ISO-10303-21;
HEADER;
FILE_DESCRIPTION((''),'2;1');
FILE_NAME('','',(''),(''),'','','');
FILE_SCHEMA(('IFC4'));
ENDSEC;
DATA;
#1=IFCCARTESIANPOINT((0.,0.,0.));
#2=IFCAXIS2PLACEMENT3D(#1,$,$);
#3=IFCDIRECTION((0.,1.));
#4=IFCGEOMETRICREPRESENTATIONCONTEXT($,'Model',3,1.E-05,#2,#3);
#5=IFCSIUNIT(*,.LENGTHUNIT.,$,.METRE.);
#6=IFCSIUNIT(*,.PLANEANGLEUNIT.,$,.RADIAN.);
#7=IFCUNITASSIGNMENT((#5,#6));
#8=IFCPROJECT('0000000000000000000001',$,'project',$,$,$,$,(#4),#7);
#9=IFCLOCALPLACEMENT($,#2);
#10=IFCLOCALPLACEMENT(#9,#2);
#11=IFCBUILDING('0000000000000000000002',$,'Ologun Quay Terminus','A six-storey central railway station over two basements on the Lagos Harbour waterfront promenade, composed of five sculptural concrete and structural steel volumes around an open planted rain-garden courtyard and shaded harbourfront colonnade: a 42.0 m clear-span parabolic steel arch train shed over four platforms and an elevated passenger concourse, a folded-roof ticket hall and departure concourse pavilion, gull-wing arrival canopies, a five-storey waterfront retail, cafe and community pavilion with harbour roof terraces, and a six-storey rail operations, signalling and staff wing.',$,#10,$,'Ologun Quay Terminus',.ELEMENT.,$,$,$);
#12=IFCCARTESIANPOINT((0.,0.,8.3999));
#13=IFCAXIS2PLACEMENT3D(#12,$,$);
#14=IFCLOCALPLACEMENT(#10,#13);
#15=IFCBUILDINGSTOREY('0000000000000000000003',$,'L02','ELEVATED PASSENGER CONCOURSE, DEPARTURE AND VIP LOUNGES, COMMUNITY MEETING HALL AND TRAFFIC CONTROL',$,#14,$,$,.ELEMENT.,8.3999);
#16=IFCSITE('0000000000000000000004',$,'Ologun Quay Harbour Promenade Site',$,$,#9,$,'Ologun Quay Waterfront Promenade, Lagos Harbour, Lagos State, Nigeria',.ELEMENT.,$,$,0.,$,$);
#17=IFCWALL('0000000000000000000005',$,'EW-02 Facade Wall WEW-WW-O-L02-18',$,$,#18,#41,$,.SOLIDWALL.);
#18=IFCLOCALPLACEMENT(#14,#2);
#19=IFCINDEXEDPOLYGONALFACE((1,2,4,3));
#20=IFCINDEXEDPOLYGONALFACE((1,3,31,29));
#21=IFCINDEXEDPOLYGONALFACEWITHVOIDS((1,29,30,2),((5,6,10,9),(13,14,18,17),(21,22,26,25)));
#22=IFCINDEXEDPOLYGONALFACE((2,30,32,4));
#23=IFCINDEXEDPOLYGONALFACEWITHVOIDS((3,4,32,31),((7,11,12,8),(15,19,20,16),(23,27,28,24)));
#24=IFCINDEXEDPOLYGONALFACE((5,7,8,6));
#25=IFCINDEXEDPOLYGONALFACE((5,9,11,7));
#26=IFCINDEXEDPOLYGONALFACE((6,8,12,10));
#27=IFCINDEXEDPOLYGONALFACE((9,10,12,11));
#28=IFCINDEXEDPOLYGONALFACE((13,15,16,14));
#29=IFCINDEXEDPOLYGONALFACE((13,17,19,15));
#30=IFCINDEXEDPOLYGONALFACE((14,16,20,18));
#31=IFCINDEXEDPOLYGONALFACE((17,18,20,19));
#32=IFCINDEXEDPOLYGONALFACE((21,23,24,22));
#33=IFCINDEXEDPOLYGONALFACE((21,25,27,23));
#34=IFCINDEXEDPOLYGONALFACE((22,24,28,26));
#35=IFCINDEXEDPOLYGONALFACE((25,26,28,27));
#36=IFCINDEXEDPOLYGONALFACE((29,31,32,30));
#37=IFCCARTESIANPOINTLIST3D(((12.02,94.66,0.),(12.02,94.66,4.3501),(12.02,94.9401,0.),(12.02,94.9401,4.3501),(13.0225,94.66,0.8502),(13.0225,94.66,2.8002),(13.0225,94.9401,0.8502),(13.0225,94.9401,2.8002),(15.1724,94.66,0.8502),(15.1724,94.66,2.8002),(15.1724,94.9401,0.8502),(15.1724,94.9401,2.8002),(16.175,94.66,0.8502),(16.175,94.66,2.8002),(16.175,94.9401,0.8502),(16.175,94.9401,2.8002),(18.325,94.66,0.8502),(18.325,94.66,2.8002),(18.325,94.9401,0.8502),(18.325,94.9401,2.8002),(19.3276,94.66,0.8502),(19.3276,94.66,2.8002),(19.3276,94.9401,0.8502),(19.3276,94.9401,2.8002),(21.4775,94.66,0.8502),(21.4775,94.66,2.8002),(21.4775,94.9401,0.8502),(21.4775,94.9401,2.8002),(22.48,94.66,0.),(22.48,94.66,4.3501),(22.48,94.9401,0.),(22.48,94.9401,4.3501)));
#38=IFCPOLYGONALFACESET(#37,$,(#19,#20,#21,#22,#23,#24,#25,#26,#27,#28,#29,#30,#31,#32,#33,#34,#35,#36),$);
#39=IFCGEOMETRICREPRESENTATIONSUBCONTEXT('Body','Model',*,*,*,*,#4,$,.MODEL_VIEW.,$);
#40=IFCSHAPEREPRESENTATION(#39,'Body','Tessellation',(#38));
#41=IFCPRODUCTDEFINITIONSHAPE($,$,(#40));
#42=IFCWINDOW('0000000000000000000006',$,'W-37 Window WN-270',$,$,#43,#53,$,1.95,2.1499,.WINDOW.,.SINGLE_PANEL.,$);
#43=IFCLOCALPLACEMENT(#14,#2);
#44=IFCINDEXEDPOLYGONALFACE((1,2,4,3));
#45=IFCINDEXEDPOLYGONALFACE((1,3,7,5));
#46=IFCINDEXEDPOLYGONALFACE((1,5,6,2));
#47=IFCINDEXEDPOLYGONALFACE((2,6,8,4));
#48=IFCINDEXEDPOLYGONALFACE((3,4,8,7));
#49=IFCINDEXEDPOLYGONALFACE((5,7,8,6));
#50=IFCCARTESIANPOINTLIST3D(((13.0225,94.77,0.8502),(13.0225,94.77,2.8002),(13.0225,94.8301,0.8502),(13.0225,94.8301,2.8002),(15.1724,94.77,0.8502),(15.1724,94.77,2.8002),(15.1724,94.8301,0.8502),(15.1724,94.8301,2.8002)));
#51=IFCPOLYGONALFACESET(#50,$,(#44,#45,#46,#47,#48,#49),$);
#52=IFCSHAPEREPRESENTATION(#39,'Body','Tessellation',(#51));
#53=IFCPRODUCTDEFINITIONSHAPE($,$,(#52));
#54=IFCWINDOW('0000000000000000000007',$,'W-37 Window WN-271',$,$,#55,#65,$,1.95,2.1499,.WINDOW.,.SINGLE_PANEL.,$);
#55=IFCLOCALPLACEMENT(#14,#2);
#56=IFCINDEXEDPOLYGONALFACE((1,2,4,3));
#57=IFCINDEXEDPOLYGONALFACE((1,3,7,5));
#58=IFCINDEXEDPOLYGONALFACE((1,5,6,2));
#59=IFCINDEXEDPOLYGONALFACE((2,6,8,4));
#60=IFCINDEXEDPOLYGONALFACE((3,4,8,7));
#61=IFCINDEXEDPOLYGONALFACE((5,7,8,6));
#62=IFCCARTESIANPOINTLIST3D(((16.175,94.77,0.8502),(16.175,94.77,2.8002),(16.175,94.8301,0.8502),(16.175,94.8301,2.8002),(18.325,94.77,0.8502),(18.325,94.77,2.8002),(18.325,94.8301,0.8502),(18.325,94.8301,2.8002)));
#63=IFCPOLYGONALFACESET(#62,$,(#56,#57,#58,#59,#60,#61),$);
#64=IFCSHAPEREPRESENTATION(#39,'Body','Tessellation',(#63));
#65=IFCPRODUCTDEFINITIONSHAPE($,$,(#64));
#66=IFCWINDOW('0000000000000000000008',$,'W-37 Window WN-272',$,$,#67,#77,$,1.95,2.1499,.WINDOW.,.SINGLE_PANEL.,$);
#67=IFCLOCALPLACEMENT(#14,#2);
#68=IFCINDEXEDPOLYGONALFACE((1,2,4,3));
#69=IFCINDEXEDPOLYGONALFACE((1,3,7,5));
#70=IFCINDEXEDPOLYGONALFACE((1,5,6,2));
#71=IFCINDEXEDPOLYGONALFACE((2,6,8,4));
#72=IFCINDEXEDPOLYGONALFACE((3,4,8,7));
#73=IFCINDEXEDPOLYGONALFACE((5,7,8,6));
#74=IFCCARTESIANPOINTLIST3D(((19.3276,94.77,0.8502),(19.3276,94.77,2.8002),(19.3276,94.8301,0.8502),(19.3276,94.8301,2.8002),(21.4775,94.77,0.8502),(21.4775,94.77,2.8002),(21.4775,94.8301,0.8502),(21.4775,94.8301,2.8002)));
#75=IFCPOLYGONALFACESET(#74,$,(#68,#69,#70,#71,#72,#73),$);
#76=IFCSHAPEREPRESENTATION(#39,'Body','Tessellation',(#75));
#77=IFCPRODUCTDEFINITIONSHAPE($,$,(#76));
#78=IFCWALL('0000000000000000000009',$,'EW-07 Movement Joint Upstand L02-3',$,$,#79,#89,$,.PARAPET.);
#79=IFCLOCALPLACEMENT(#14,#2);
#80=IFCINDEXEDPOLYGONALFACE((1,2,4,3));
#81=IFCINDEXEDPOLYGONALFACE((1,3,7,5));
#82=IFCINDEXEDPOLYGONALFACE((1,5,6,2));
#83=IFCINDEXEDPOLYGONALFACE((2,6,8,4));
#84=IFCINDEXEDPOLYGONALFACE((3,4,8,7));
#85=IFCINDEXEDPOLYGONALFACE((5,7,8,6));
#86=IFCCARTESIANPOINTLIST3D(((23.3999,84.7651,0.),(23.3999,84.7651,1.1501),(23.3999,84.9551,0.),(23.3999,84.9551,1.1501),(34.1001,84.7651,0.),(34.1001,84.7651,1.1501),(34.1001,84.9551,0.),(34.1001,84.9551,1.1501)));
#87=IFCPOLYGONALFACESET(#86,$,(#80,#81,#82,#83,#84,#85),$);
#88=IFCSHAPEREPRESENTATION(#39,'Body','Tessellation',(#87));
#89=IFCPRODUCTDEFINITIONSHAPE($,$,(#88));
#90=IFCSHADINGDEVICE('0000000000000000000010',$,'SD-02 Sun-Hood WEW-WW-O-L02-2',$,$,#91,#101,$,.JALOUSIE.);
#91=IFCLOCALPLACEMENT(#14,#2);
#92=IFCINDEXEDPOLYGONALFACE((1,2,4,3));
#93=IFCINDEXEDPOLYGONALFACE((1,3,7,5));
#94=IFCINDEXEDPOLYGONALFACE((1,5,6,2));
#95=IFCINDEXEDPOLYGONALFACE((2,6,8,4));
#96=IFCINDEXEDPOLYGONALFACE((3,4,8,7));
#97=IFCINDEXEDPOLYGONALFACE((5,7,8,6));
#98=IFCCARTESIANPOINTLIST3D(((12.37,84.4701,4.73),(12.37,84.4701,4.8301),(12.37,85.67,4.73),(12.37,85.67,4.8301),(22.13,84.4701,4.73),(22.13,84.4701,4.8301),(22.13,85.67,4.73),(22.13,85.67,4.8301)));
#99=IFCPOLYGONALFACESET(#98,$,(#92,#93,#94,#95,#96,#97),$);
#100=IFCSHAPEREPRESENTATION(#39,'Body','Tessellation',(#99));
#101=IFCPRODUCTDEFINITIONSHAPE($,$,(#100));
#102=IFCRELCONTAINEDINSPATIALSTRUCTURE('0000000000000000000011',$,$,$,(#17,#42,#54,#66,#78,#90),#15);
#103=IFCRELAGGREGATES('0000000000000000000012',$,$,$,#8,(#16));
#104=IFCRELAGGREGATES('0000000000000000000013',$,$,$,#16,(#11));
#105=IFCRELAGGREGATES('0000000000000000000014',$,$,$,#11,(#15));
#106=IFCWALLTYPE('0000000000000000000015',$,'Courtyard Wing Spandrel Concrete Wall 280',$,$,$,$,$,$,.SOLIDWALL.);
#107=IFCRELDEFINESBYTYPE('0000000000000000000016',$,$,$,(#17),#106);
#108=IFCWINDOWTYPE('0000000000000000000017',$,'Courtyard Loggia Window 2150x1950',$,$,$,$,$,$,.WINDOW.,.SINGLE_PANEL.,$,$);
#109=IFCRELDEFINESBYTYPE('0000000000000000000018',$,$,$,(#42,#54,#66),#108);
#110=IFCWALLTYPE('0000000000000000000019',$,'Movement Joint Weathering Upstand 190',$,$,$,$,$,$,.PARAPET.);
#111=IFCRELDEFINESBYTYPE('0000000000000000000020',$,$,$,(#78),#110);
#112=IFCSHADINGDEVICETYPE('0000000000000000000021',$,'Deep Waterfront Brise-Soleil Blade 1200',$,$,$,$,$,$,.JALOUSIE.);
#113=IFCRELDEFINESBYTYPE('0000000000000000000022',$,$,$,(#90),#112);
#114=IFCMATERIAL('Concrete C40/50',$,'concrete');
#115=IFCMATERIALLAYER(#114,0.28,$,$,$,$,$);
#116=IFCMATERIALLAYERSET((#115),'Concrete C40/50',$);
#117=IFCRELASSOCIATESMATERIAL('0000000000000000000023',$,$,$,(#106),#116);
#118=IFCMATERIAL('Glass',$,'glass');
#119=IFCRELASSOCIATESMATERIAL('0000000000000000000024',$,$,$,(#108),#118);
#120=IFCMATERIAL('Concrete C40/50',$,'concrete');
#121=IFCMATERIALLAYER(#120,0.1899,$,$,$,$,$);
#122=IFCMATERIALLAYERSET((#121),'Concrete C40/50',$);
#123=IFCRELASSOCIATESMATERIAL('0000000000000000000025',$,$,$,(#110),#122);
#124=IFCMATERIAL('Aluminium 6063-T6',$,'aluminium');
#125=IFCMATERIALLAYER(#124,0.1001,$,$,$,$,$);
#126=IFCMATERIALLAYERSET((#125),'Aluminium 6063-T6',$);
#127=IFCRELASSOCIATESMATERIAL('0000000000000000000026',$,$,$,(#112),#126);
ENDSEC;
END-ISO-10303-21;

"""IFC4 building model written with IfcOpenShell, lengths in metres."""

from ifc_helpers import new_model, si_unit, direction, frame, frame_2d, origin, origin_2d, place, context, subcontext, project, spatial, rectangle, extrude, material, layer, layer_set, type_object, element, fill, save


model = new_model("IFC4")

# Units and contexts
model_context = context("Model", 3, precision=1e-05, world=origin(), true_north=direction((0.0, 1.0)))
body_context = subcontext(model_context, "Body", "Model", "MODEL_VIEW")
ifc_project = project(units=[si_unit("LENGTHUNIT", "METRE"), si_unit("PLANEANGLEUNIT", "RADIAN")], contexts=[model_context])

# Site, building, storey
site_placement = place(None, origin())
site = spatial("IfcSite", under=ifc_project, at=site_placement, Name="Ologun Quay Harbour Promenade Site", LongName="Ologun Quay Waterfront Promenade, Lagos Harbour, Lagos State, Nigeria", CompositionType="ELEMENT", RefElevation=0.0)
building_placement = place(site_placement, origin())
building = spatial("IfcBuilding", under=site, at=building_placement, Name="Ologun Quay Terminus", Description="A six-storey central railway station over two basements on the Lagos Harbour waterfront promenade, composed of five sculptural concrete and structural steel volumes around an open planted rain-garden courtyard and shaded harbourfront colonnade: a 42.0 m clear-span parabolic steel arch train shed over four platforms and an elevated passenger concourse, a folded-roof ticket hall and departure concourse pavilion, gull-wing arrival canopies, a five-storey waterfront retail, cafe and community pavilion with harbour roof terraces, and a six-storey rail operations, signalling and staff wing.", LongName="Ologun Quay Terminus", CompositionType="ELEMENT")
storey_placement = place(building_placement, frame((0.0, 0.0, 8.3999)))
storey = spatial("IfcBuildingStorey", under=building, at=storey_placement, Name="L02", Description="ELEVATED PASSENGER CONCOURSE, DEPARTURE AND VIP LOUNGES, COMMUNITY MEETING HALL AND TRAFFIC CONTROL", CompositionType="ELEMENT", Elevation=8.3999)

# Shared definitions
ifc_material_1 = material(Name="Concrete C40/50", Category="concrete")
ifc_layer_1 = layer(ifc_material_1, 0.28)
ifc_layer_set_1 = layer_set([ifc_layer_1], Name="Concrete C40/50")
wall_type_1 = type_object("IfcWallType", Name="Courtyard Wing Spandrel Concrete Wall 280", PredefinedType="SOLIDWALL", material=ifc_layer_set_1)
ifc_material_2 = material(Name="Glass", Category="glass")
window_type = type_object("IfcWindowType", Name="Courtyard Loggia Window 2150x1950", PartitioningType="SINGLE_PANEL", PredefinedType="WINDOW", material=ifc_material_2)

# Wall, openings, windows
wall_1_placement = place(storey_placement, frame((12.02, 94.8, 0.0), z_axis=(0.0, 0.0, 1.0), x_axis=(1.0, 0.0, 0.0)))
wall_1 = element("IfcWall", 1, at=wall_1_placement, inside=storey, type_object=wall_type_1, Name="EW-02 Facade Wall WEW-WW-O-L02-18", PredefinedType="SOLIDWALL", context=body_context, shape_type="SweptSolid", body=[
    extrude(rectangle(XDim=10.46, YDim=0.28, at=frame_2d((5.23, 0.0))), origin(), (0.0, 0.0, 1.0), 4.3501),
])
opening_1_placement = place(wall_1_placement, frame((1.0024, 0.0, 0.8501)))
opening_1 = element("IfcOpeningElement", 2, at=opening_1_placement, cuts=wall_1, PredefinedType="OPENING", context=body_context, shape_type="SweptSolid", body=[
    extrude(rectangle(XDim=2.1499, YDim=1.95, at=frame_2d((1.075, 0.9751))), frame((0.0, 0.1499, 0.0), z_axis=(0.0, -1.0, 0.0), x_axis=(1.0, 0.0, 0.0)), (0.0, 0.0, 1.0), 0.3),
])
opening_2_placement = place(wall_1_placement, frame((4.155, 0.0, 0.8501)))
opening_2 = element("IfcOpeningElement", 3, at=opening_2_placement, cuts=wall_1, PredefinedType="OPENING", context=body_context, shape_type="SweptSolid", body=[
    extrude(rectangle(XDim=2.1499, YDim=1.95, at=frame_2d((1.075, 0.9751))), frame((0.0, 0.1499, 0.0), z_axis=(0.0, -1.0, 0.0), x_axis=(1.0, 0.0, 0.0)), (0.0, 0.0, 1.0), 0.3),
])
opening_3_placement = place(wall_1_placement, frame((7.3076, 0.0, 0.8501)))
opening_3 = element("IfcOpeningElement", 4, at=opening_3_placement, cuts=wall_1, PredefinedType="OPENING", context=body_context, shape_type="SweptSolid", body=[
    extrude(rectangle(XDim=2.1499, YDim=1.95, at=frame_2d((1.075, 0.9751))), frame((0.0, 0.1499, 0.0), z_axis=(0.0, -1.0, 0.0), x_axis=(1.0, 0.0, 0.0)), (0.0, 0.0, 1.0), 0.3),
])
window_1_placement = place(opening_1_placement, origin())
window_1 = element("IfcWindow", 5, at=window_1_placement, inside=storey, type_object=window_type, Name="W-37 Window WN-270", OverallHeight=1.95, OverallWidth=2.1499, PartitioningType="SINGLE_PANEL", PredefinedType="WINDOW", context=body_context, shape_type="SweptSolid", body=[
    extrude(rectangle(XDim=2.1499, YDim=1.95, at=frame_2d((1.075, 0.9751))), frame((0.0, 0.03, 0.0), z_axis=(0.0, -1.0, 0.0), x_axis=(1.0, 0.0, 0.0)), (0.0, 0.0, 1.0), 0.0601),
])
fill(opening_1, window_1)
window_2_placement = place(opening_2_placement, origin())
window_2 = element("IfcWindow", 6, at=window_2_placement, inside=storey, type_object=window_type, Name="W-37 Window WN-271", OverallHeight=1.95, OverallWidth=2.1499, PartitioningType="SINGLE_PANEL", PredefinedType="WINDOW", context=body_context, shape_type="SweptSolid", body=[
    extrude(rectangle(XDim=2.1499, YDim=1.95, at=frame_2d((1.075, 0.9751))), frame((0.0, 0.03, 0.0), z_axis=(0.0, -1.0, 0.0), x_axis=(1.0, 0.0, 0.0)), (0.0, 0.0, 1.0), 0.0601),
])
fill(opening_2, window_2)
window_3_placement = place(opening_3_placement, origin())
window_3 = element("IfcWindow", 7, at=window_3_placement, inside=storey, type_object=window_type, Name="W-37 Window WN-272", OverallHeight=1.95, OverallWidth=2.1499, PartitioningType="SINGLE_PANEL", PredefinedType="WINDOW", context=body_context, shape_type="SweptSolid", body=[
    extrude(rectangle(XDim=2.1499, YDim=1.95, at=frame_2d((1.075, 0.9751))), frame((0.0, 0.03, 0.0), z_axis=(0.0, -1.0, 0.0), x_axis=(1.0, 0.0, 0.0)), (0.0, 0.0, 1.0), 0.0601),
])
fill(opening_3, window_3)

# Wall
ifc_material_3 = material(Name="Concrete C40/50", Category="concrete")
ifc_layer_2 = layer(ifc_material_3, 0.1899)
ifc_layer_set_2 = layer_set([ifc_layer_2], Name="Concrete C40/50")
wall_type_2 = type_object("IfcWallType", Name="Movement Joint Weathering Upstand 190", PredefinedType="PARAPET", material=ifc_layer_set_2)
wall_2_placement = place(storey_placement, frame((23.3999, 84.8601, 0.0), z_axis=(0.0, 0.0, 1.0), x_axis=(1.0, 0.0, 0.0)))
element("IfcWall", 8, at=wall_2_placement, inside=storey, type_object=wall_type_2, Name="EW-07 Movement Joint Upstand L02-3", PredefinedType="PARAPET", context=body_context, shape_type="SweptSolid", body=[
    extrude(rectangle(XDim=10.7002, YDim=0.1899, at=frame_2d((5.3501, 0.0))), origin(), (0.0, 0.0, 1.0), 1.1501),
])

# Shading device
ifc_material_4 = material(Name="Aluminium 6063-T6", Category="aluminium")
ifc_layer_3 = layer(ifc_material_4, 0.1001)
ifc_layer_set_3 = layer_set([ifc_layer_3], Name="Aluminium 6063-T6")
shading_device_type = type_object("IfcShadingDeviceType", Name="Deep Waterfront Brise-Soleil Blade 1200", PredefinedType="JALOUSIE", material=ifc_layer_set_3)
shading_device_placement = place(storey_placement, frame((17.25, 85.0701, 4.73), z_axis=(0.0, 0.0, 1.0), x_axis=(1.0, 0.0, 0.0)))
element("IfcShadingDevice", 9, at=shading_device_placement, inside=storey, type_object=shading_device_type, Name="SD-02 Sun-Hood WEW-WW-O-L02-2", PredefinedType="JALOUSIE", context=body_context, shape_type="SweptSolid", body=[
    extrude(rectangle(XDim=9.76, YDim=1.2, at=origin_2d()), origin(), (0.0, 0.0, 1.0), 0.1001),
])

save(model, "model.ifc")
